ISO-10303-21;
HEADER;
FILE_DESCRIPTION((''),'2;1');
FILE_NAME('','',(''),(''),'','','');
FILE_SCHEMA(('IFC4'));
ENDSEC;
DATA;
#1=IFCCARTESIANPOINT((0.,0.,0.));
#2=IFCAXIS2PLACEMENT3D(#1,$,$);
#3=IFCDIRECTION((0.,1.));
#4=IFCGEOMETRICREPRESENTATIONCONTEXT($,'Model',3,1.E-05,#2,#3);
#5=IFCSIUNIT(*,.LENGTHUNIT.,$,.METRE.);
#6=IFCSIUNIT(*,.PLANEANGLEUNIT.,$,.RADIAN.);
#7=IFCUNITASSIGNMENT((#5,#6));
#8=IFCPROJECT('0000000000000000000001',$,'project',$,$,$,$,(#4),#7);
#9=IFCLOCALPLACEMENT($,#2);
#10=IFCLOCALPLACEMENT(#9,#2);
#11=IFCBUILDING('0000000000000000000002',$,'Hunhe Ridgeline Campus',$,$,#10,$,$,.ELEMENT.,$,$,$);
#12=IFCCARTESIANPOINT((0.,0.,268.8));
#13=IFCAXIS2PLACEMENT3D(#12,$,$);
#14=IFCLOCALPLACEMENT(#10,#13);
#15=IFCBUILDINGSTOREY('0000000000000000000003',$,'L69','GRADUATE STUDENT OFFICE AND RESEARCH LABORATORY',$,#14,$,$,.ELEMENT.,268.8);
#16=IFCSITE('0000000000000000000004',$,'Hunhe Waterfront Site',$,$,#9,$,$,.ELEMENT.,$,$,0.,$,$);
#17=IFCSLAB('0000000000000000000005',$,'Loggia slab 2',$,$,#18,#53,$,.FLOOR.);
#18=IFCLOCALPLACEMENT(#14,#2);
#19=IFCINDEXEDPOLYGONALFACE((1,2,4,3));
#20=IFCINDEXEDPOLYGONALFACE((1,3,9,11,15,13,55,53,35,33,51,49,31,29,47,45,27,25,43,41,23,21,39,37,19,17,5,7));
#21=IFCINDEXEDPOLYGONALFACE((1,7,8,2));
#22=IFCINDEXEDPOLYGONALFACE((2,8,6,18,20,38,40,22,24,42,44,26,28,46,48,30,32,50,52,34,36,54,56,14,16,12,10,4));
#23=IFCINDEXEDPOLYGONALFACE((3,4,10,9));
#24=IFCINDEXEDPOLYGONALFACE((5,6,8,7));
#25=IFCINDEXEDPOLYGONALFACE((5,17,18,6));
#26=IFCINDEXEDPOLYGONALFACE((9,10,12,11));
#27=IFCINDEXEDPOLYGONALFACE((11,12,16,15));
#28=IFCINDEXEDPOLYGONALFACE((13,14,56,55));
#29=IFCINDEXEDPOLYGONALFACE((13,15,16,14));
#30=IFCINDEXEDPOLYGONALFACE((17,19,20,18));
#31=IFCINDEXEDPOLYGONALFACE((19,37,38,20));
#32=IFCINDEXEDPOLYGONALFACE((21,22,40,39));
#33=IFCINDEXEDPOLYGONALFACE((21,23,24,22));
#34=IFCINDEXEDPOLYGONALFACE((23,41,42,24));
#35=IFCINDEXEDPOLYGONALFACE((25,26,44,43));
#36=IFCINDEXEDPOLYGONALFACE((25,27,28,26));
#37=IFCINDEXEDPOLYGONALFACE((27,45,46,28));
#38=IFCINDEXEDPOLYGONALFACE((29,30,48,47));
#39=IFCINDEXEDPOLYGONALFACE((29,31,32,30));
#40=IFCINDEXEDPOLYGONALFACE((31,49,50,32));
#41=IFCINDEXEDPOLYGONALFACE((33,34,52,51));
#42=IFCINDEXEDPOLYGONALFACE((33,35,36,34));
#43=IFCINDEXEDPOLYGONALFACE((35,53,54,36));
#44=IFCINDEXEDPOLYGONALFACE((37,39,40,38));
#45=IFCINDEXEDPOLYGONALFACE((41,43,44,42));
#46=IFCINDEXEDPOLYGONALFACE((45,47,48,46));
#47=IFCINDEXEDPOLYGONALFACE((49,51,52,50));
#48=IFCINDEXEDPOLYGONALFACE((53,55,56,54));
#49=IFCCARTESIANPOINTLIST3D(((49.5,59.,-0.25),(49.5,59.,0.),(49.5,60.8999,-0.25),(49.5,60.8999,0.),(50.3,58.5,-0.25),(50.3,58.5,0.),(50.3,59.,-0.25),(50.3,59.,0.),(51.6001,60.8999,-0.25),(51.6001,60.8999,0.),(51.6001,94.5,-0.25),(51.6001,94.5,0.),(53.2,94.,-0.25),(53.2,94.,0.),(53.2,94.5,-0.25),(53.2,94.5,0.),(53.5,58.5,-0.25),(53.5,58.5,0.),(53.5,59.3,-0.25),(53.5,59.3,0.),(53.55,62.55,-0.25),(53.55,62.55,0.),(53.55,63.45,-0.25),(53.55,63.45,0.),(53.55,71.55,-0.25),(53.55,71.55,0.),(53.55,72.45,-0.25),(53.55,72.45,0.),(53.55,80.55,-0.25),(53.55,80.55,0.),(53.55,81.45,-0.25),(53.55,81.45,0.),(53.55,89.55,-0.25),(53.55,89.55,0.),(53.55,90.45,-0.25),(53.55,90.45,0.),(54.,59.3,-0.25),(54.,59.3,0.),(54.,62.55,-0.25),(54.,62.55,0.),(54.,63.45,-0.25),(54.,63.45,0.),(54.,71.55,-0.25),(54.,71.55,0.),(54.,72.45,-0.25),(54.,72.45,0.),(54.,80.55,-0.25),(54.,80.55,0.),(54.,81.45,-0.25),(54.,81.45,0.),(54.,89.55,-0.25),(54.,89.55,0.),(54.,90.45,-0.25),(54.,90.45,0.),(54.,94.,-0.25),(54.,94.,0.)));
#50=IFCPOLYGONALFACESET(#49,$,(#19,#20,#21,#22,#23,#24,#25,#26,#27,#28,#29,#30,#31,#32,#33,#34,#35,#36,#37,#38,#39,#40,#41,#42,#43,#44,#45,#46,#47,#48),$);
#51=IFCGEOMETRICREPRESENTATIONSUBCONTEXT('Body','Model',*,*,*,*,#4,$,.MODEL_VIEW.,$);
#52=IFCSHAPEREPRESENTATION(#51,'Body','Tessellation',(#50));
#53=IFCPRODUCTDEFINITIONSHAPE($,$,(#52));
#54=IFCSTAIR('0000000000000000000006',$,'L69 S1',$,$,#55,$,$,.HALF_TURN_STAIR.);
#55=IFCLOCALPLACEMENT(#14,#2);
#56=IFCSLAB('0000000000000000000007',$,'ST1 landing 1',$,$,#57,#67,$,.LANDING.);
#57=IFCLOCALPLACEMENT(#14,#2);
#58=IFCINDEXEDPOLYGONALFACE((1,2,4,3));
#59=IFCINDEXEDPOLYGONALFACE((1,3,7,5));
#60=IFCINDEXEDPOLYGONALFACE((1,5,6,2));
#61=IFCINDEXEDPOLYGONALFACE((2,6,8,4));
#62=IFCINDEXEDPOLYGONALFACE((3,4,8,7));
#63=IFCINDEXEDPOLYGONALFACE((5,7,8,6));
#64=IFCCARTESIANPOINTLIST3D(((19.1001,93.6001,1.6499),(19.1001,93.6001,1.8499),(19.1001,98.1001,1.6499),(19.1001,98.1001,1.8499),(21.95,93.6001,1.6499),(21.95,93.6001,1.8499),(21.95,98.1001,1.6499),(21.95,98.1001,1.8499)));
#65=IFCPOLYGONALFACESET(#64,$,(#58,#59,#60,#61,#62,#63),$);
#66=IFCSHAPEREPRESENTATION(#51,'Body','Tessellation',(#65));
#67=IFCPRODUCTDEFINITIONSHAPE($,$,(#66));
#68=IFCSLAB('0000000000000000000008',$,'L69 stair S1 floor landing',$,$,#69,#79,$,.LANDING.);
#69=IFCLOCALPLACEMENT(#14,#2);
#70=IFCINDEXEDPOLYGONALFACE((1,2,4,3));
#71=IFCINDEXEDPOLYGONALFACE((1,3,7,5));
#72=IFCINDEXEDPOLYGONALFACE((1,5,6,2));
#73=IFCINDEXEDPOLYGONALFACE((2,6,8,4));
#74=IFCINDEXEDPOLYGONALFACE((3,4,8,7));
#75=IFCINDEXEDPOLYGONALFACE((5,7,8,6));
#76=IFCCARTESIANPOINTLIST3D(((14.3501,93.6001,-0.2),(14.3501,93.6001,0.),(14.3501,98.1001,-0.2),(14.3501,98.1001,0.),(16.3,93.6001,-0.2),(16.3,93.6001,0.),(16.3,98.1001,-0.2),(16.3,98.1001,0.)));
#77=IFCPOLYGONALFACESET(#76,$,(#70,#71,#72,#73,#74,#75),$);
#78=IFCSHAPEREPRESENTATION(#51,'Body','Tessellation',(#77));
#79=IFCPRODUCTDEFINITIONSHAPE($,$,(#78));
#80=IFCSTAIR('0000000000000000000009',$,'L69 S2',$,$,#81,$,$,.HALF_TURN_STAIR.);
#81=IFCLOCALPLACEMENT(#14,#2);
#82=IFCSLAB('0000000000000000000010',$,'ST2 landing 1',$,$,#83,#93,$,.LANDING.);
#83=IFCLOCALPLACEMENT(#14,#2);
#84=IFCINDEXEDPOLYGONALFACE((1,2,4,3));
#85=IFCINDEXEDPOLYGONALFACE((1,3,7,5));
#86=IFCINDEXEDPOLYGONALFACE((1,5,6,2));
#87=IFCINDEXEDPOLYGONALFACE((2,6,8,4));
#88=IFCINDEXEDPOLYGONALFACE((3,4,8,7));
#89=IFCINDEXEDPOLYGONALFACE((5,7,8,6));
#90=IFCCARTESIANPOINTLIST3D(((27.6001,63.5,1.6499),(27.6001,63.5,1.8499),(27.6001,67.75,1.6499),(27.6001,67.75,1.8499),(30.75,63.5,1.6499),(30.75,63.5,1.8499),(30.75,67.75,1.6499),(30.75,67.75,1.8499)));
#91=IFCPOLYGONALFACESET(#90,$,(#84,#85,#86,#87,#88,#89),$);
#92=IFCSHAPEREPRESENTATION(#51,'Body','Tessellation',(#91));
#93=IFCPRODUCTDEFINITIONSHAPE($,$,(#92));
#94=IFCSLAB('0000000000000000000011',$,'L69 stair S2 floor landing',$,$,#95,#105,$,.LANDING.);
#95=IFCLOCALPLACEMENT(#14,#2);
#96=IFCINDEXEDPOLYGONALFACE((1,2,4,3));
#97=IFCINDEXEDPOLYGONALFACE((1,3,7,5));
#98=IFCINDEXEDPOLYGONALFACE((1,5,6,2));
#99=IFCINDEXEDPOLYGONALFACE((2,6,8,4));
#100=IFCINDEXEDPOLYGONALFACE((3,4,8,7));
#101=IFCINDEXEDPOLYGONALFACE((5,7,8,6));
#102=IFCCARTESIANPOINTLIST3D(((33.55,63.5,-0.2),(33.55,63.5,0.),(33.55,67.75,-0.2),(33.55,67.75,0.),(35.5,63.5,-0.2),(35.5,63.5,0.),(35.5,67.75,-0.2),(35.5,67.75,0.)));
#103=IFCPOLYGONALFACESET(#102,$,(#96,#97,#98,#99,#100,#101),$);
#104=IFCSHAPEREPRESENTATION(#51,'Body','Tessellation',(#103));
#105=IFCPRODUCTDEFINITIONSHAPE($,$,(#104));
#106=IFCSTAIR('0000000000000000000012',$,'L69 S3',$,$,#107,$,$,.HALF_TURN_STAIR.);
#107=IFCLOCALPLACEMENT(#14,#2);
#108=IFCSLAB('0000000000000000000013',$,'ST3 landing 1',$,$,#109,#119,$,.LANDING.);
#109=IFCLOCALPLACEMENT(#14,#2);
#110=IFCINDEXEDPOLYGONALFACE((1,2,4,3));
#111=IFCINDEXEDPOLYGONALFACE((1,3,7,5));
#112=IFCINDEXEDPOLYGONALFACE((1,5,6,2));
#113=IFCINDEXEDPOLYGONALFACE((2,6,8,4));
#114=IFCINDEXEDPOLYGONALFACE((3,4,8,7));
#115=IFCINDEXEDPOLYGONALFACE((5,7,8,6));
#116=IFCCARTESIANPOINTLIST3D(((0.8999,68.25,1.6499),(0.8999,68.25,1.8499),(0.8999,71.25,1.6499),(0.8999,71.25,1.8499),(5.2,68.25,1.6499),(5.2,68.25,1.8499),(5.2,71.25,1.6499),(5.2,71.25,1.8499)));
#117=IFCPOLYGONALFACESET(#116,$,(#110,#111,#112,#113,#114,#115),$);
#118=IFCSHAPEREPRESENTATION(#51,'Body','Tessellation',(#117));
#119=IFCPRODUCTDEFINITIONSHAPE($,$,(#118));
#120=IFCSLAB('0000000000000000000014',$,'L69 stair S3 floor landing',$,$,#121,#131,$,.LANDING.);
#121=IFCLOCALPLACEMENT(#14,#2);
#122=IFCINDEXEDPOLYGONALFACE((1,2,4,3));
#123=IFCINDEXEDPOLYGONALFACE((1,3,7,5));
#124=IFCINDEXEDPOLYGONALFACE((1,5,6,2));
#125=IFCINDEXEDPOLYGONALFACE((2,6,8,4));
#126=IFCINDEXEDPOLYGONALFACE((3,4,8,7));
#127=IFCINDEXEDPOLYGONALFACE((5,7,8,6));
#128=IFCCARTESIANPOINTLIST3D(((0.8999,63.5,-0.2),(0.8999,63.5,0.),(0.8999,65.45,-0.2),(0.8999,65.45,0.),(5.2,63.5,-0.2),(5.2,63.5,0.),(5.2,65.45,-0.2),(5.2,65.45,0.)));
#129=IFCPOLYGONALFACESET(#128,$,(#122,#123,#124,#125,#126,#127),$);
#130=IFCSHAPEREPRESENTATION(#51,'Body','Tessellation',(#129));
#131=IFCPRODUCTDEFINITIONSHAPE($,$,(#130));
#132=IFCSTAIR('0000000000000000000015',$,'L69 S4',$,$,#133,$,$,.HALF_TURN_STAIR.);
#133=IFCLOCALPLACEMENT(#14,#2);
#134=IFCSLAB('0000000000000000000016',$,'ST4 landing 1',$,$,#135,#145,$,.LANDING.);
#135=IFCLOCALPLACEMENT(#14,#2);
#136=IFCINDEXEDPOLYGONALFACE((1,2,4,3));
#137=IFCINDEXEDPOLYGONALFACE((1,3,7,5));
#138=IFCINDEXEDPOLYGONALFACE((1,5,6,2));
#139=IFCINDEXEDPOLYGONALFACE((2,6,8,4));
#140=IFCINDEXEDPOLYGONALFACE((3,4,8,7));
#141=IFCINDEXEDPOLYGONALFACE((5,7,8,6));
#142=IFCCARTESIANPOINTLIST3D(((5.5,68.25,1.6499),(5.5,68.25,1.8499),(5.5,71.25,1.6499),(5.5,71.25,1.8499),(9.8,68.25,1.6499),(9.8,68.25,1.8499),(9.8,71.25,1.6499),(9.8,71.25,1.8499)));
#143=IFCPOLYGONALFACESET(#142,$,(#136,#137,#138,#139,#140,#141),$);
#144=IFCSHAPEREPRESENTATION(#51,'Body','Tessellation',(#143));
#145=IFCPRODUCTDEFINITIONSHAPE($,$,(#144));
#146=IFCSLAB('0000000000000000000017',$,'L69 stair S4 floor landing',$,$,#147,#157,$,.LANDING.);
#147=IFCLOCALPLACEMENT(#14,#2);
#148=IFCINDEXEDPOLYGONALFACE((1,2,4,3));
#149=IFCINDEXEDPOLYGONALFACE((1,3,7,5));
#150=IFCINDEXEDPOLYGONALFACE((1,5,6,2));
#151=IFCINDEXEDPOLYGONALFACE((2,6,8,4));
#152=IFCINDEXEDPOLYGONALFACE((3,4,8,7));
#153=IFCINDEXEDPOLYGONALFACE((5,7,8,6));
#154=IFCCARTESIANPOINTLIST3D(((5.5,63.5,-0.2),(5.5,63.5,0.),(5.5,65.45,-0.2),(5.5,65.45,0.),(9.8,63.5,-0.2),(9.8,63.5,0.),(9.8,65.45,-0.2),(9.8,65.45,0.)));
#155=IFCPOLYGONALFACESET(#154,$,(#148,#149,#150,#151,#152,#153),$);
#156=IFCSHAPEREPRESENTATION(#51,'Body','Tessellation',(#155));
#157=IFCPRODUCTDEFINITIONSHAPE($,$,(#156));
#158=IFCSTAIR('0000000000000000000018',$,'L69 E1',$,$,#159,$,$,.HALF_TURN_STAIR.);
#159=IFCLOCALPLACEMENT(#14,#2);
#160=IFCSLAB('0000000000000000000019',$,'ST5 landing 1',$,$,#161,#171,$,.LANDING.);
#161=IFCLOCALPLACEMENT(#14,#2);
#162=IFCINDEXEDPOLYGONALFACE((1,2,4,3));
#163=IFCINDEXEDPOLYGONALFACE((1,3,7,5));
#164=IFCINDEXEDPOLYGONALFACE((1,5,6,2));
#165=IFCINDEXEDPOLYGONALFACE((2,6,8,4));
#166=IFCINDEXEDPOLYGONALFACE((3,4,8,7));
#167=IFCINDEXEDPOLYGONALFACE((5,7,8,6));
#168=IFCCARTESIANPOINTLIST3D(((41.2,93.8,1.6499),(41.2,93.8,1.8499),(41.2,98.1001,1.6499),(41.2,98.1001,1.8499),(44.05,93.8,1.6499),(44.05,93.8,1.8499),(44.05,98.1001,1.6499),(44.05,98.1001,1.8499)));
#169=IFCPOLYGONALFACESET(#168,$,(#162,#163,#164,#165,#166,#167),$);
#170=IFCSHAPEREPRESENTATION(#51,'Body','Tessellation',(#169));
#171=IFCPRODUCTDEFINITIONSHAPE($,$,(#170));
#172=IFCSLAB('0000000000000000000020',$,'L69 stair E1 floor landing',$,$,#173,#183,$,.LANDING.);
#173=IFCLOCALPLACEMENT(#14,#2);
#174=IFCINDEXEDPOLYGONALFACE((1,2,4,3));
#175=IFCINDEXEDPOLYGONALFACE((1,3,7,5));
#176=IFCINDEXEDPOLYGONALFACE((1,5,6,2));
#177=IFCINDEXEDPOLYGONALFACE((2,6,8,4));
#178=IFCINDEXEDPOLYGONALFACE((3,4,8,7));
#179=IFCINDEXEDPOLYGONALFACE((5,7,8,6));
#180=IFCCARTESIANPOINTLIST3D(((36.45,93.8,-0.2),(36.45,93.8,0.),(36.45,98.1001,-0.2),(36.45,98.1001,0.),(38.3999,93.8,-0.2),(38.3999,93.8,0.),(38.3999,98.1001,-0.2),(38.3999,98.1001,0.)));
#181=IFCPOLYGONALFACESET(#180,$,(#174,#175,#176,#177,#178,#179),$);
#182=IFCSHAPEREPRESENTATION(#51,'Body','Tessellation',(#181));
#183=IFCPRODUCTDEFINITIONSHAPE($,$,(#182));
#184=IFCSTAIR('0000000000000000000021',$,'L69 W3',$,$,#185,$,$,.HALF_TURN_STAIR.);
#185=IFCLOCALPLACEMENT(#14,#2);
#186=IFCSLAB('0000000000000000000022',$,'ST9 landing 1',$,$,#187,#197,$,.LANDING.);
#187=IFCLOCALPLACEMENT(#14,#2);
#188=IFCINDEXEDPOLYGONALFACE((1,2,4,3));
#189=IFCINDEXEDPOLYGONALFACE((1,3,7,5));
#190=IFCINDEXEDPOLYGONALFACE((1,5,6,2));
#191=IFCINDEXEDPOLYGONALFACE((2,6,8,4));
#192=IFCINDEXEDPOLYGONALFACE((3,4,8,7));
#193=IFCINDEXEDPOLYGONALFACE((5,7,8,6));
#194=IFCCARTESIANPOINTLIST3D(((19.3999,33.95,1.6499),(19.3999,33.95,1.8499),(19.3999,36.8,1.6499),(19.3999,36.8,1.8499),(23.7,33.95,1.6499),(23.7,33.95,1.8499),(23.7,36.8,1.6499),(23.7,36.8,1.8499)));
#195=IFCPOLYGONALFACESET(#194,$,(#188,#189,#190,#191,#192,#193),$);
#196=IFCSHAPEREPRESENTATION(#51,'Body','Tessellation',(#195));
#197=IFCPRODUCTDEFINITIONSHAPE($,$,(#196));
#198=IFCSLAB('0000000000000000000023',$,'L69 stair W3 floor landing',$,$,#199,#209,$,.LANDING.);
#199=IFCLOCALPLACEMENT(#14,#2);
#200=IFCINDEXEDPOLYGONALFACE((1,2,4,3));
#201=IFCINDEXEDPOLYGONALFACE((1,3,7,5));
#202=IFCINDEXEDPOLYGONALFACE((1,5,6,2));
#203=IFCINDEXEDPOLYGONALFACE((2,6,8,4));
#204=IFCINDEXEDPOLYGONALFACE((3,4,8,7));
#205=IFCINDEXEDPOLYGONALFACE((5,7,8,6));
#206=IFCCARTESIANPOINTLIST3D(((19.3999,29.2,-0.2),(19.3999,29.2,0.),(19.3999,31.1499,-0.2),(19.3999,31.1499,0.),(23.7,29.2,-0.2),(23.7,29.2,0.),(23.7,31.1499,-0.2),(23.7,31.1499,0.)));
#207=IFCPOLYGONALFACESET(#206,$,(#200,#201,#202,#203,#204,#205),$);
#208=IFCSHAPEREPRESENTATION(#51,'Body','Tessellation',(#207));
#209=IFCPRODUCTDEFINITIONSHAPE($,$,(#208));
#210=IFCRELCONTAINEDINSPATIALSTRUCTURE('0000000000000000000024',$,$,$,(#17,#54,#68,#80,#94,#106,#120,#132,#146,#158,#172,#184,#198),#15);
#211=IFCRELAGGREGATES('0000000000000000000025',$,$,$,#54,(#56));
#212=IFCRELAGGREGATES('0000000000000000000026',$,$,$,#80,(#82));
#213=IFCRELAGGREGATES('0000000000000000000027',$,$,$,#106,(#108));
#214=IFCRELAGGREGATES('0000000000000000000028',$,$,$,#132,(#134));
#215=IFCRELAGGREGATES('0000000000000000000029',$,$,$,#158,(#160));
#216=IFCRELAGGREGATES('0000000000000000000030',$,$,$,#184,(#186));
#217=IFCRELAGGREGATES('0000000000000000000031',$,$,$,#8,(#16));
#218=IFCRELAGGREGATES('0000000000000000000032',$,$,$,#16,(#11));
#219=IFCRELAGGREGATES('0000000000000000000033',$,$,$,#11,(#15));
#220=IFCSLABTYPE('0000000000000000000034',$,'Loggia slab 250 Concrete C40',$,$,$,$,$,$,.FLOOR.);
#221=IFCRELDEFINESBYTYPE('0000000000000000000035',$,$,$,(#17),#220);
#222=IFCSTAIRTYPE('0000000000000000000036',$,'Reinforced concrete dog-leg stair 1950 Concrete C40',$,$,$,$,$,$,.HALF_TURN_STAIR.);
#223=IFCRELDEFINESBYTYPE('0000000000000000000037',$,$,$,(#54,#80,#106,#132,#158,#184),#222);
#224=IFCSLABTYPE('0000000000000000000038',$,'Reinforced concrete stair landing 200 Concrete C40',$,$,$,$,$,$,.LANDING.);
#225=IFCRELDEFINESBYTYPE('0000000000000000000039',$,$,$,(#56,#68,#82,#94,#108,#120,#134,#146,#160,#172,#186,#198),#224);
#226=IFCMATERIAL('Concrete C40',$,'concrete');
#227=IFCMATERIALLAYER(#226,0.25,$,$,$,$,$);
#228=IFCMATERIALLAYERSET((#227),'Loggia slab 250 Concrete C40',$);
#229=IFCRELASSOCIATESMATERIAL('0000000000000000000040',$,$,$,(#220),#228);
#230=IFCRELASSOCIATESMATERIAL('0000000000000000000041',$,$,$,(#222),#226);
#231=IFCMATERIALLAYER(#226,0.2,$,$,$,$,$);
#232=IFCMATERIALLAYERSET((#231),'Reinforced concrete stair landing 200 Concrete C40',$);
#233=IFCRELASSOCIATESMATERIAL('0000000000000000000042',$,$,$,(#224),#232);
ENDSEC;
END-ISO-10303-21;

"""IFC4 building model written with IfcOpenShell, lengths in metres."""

from ifc_helpers import new_model, si_unit, direction, frame, origin, place, context, subcontext, project, spatial, polyline, outline, extrude, material, layer, layer_set, type_object, element, aggregate, save


model = new_model("IFC4")

# Units and contexts
model_context = context("Model", 3, precision=1e-05, world=origin(), true_north=direction((0.0, 1.0)))
body_context = subcontext(model_context, "Body", "Model", "MODEL_VIEW")
ifc_project = project(units=[si_unit("LENGTHUNIT", "METRE"), si_unit("PLANEANGLEUNIT", "RADIAN")], contexts=[model_context])

# Site, building, storey
site_placement = place(None, origin())
site = spatial("IfcSite", under=ifc_project, at=site_placement, Name="Hunhe Waterfront Site", CompositionType="ELEMENT", RefElevation=0.0)
building_placement = place(site_placement, origin())
building = spatial("IfcBuilding", under=site, at=building_placement, Name="Hunhe Ridgeline Campus", CompositionType="ELEMENT")
storey_placement = place(building_placement, frame((0.0, 0.0, 268.8)))
storey = spatial("IfcBuildingStorey", under=building, at=storey_placement, Name="L69", Description="GRADUATE STUDENT OFFICE AND RESEARCH LABORATORY", CompositionType="ELEMENT", Elevation=268.8)

# Slab
ifc_material_1 = material(Name="Concrete C40", Category="concrete")
ifc_layer_1 = layer(ifc_material_1, 0.25)
ifc_layer_set_1 = layer_set([ifc_layer_1], Name="Loggia slab 250 Concrete C40")
slab_type_1 = type_object("IfcSlabType", Name="Loggia slab 250 Concrete C40", PredefinedType="FLOOR", material=ifc_layer_set_1)
slab_1_placement = place(storey_placement, frame((0.0, 0.0, -0.25)))
element("IfcSlab", 1, at=slab_1_placement, inside=storey, type_object=slab_type_1, Name="Loggia slab 2", PredefinedType="FLOOR", context=body_context, shape_type="SweptSolid", body=[
    extrude(outline(polyline([(49.5, 59.0), (50.3, 59.0), (50.3, 58.5), (53.5, 58.5), (53.5, 59.3), (54.0, 59.3), (54.0, 62.55), (53.55, 62.55), (53.55, 63.45), (54.0, 63.45), (54.0, 71.55), (53.55, 71.55), (53.55, 72.45), (54.0, 72.45), (54.0, 80.55), (53.55, 80.55), (53.55, 81.45), (54.0, 81.45), (54.0, 89.55), (53.55, 89.55), (53.55, 90.45), (54.0, 90.45), (54.0, 94.0), (53.2, 94.0), (53.2, 94.5), (51.6001, 94.5), (51.6001, 60.8999), (49.5, 60.8999), (49.5, 59.0)])), origin(), (0.0, 0.0, 1.0), 0.25),
])

# Stair, slab
stair_type = type_object("IfcStairType", Name="Reinforced concrete dog-leg stair 1950 Concrete C40", PredefinedType="HALF_TURN_STAIR", material=ifc_material_1)
stair_1_placement = place(storey_placement, origin())
stair_1 = element("IfcStair", 2, at=stair_1_placement, inside=storey, type_object=stair_type, Name="L69 S1", PredefinedType="HALF_TURN_STAIR")
ifc_layer_2 = layer(ifc_material_1, 0.2)
ifc_layer_set_2 = layer_set([ifc_layer_2], Name="Reinforced concrete stair landing 200 Concrete C40")
slab_type_2 = type_object("IfcSlabType", Name="Reinforced concrete stair landing 200 Concrete C40", PredefinedType="LANDING", material=ifc_layer_set_2)
slab_2_placement = place(storey_placement, frame((0.0, 0.0, 1.6499)))
slab_2 = element("IfcSlab", 3, at=slab_2_placement, type_object=slab_type_2, Name="ST1 landing 1", PredefinedType="LANDING", context=body_context, shape_type="SweptSolid", body=[
    extrude(outline(polyline([(19.1001, 93.6001), (21.95, 93.6001), (21.95, 98.1001), (19.1001, 98.1001), (19.1001, 93.6001)])), origin(), (0.0, 0.0, 1.0), 0.2),
])
aggregate(stair_1, [slab_2])

# Slab
slab_3_placement = place(storey_placement, frame((0.0, 0.0, -0.2)))
element("IfcSlab", 4, at=slab_3_placement, inside=storey, type_object=slab_type_2, Name="L69 stair S1 floor landing", PredefinedType="LANDING", context=body_context, shape_type="SweptSolid", body=[
    extrude(outline(polyline([(14.3501, 93.6001), (16.3, 93.6001), (16.3, 98.1001), (14.3501, 98.1001), (14.3501, 93.6001)])), origin(), (0.0, 0.0, 1.0), 0.2),
])

# Stair, slab
stair_2_placement = place(storey_placement, origin())
stair_2 = element("IfcStair", 5, at=stair_2_placement, inside=storey, type_object=stair_type, Name="L69 S2", PredefinedType="HALF_TURN_STAIR")
slab_4_placement = place(storey_placement, frame((0.0, 0.0, 1.6499)))
slab_4 = element("IfcSlab", 6, at=slab_4_placement, type_object=slab_type_2, Name="ST2 landing 1", PredefinedType="LANDING", context=body_context, shape_type="SweptSolid", body=[
    extrude(outline(polyline([(30.75, 67.75), (27.6001, 67.75), (27.6001, 63.5), (30.75, 63.5), (30.75, 67.75)])), origin(), (0.0, 0.0, 1.0), 0.2),
])
aggregate(stair_2, [slab_4])

# Slab
slab_5_placement = place(storey_placement, frame((0.0, 0.0, -0.2)))
element("IfcSlab", 7, at=slab_5_placement, inside=storey, type_object=slab_type_2, Name="L69 stair S2 floor landing", PredefinedType="LANDING", context=body_context, shape_type="SweptSolid", body=[
    extrude(outline(polyline([(35.5, 67.75), (33.55, 67.75), (33.55, 63.5), (35.5, 63.5), (35.5, 67.75)])), origin(), (0.0, 0.0, 1.0), 0.2),
])

# Stair, slab
stair_3_placement = place(storey_placement, origin())
stair_3 = element("IfcStair", 8, at=stair_3_placement, inside=storey, type_object=stair_type, Name="L69 S3", PredefinedType="HALF_TURN_STAIR")
slab_6_placement = place(storey_placement, frame((0.0, 0.0, 1.6499)))
slab_6 = element("IfcSlab", 9, at=slab_6_placement, type_object=slab_type_2, Name="ST3 landing 1", PredefinedType="LANDING", context=body_context, shape_type="SweptSolid", body=[
    extrude(outline(polyline([(5.2, 68.25), (5.2, 71.25), (0.8999, 71.25), (0.8999, 68.25), (5.2, 68.25)])), origin(), (0.0, 0.0, 1.0), 0.2),
])
aggregate(stair_3, [slab_6])

# Slab
slab_7_placement = place(storey_placement, frame((0.0, 0.0, -0.2)))
element("IfcSlab", 10, at=slab_7_placement, inside=storey, type_object=slab_type_2, Name="L69 stair S3 floor landing", PredefinedType="LANDING", context=body_context, shape_type="SweptSolid", body=[
    extrude(outline(polyline([(5.2, 63.5), (5.2, 65.45), (0.8999, 65.45), (0.8999, 63.5), (5.2, 63.5)])), origin(), (0.0, 0.0, 1.0), 0.2),
])

# Stair, slab
stair_4_placement = place(storey_placement, origin())
stair_4 = element("IfcStair", 11, at=stair_4_placement, inside=storey, type_object=stair_type, Name="L69 S4", PredefinedType="HALF_TURN_STAIR")
slab_8_placement = place(storey_placement, frame((0.0, 0.0, 1.6499)))
slab_8 = element("IfcSlab", 12, at=slab_8_placement, type_object=slab_type_2, Name="ST4 landing 1", PredefinedType="LANDING", context=body_context, shape_type="SweptSolid", body=[
    extrude(outline(polyline([(9.8, 68.25), (9.8, 71.25), (5.5, 71.25), (5.5, 68.25), (9.8, 68.25)])), origin(), (0.0, 0.0, 1.0), 0.2),
])
aggregate(stair_4, [slab_8])

# Slab
slab_9_placement = place(storey_placement, frame((0.0, 0.0, -0.2)))
element("IfcSlab", 13, at=slab_9_placement, inside=storey, type_object=slab_type_2, Name="L69 stair S4 floor landing", PredefinedType="LANDING", context=body_context, shape_type="SweptSolid", body=[
    extrude(outline(polyline([(9.8, 63.5), (9.8, 65.45), (5.5, 65.45), (5.5, 63.5), (9.8, 63.5)])), origin(), (0.0, 0.0, 1.0), 0.2),
])

# Stair, slab
stair_5_placement = place(storey_placement, origin())
stair_5 = element("IfcStair", 14, at=stair_5_placement, inside=storey, type_object=stair_type, Name="L69 E1", PredefinedType="HALF_TURN_STAIR")
slab_10_placement = place(storey_placement, frame((0.0, 0.0, 1.6499)))
slab_10 = element("IfcSlab", 15, at=slab_10_placement, type_object=slab_type_2, Name="ST5 landing 1", PredefinedType="LANDING", context=body_context, shape_type="SweptSolid", body=[
    extrude(outline(polyline([(41.2, 93.8), (44.05, 93.8), (44.05, 98.1001), (41.2, 98.1001), (41.2, 93.8)])), origin(), (0.0, 0.0, 1.0), 0.2),
])
aggregate(stair_5, [slab_10])

# Slab
slab_11_placement = place(storey_placement, frame((0.0, 0.0, -0.2)))
element("IfcSlab", 16, at=slab_11_placement, inside=storey, type_object=slab_type_2, Name="L69 stair E1 floor landing", PredefinedType="LANDING", context=body_context, shape_type="SweptSolid", body=[
    extrude(outline(polyline([(36.45, 93.8), (38.3999, 93.8), (38.3999, 98.1001), (36.45, 98.1001), (36.45, 93.8)])), origin(), (0.0, 0.0, 1.0), 0.2),
])

# Stair, slab
stair_6_placement = place(storey_placement, origin())
stair_6 = element("IfcStair", 17, at=stair_6_placement, inside=storey, type_object=stair_type, Name="L69 W3", PredefinedType="HALF_TURN_STAIR")
slab_12_placement = place(storey_placement, frame((0.0, 0.0, 1.6499)))
slab_12 = element("IfcSlab", 18, at=slab_12_placement, type_object=slab_type_2, Name="ST9 landing 1", PredefinedType="LANDING", context=body_context, shape_type="SweptSolid", body=[
    extrude(outline(polyline([(23.7, 33.95), (23.7, 36.8), (19.3999, 36.8), (19.3999, 33.95), (23.7, 33.95)])), origin(), (0.0, 0.0, 1.0), 0.2),
])
aggregate(stair_6, [slab_12])

# Slab
slab_13_placement = place(storey_placement, frame((0.0, 0.0, -0.2)))
element("IfcSlab", 19, at=slab_13_placement, inside=storey, type_object=slab_type_2, Name="L69 stair W3 floor landing", PredefinedType="LANDING", context=body_context, shape_type="SweptSolid", body=[
    extrude(outline(polyline([(23.7, 29.2), (23.7, 31.1499), (19.3999, 31.1499), (19.3999, 29.2), (23.7, 29.2)])), origin(), (0.0, 0.0, 1.0), 0.2),
])

save(model, "model.ifc")
